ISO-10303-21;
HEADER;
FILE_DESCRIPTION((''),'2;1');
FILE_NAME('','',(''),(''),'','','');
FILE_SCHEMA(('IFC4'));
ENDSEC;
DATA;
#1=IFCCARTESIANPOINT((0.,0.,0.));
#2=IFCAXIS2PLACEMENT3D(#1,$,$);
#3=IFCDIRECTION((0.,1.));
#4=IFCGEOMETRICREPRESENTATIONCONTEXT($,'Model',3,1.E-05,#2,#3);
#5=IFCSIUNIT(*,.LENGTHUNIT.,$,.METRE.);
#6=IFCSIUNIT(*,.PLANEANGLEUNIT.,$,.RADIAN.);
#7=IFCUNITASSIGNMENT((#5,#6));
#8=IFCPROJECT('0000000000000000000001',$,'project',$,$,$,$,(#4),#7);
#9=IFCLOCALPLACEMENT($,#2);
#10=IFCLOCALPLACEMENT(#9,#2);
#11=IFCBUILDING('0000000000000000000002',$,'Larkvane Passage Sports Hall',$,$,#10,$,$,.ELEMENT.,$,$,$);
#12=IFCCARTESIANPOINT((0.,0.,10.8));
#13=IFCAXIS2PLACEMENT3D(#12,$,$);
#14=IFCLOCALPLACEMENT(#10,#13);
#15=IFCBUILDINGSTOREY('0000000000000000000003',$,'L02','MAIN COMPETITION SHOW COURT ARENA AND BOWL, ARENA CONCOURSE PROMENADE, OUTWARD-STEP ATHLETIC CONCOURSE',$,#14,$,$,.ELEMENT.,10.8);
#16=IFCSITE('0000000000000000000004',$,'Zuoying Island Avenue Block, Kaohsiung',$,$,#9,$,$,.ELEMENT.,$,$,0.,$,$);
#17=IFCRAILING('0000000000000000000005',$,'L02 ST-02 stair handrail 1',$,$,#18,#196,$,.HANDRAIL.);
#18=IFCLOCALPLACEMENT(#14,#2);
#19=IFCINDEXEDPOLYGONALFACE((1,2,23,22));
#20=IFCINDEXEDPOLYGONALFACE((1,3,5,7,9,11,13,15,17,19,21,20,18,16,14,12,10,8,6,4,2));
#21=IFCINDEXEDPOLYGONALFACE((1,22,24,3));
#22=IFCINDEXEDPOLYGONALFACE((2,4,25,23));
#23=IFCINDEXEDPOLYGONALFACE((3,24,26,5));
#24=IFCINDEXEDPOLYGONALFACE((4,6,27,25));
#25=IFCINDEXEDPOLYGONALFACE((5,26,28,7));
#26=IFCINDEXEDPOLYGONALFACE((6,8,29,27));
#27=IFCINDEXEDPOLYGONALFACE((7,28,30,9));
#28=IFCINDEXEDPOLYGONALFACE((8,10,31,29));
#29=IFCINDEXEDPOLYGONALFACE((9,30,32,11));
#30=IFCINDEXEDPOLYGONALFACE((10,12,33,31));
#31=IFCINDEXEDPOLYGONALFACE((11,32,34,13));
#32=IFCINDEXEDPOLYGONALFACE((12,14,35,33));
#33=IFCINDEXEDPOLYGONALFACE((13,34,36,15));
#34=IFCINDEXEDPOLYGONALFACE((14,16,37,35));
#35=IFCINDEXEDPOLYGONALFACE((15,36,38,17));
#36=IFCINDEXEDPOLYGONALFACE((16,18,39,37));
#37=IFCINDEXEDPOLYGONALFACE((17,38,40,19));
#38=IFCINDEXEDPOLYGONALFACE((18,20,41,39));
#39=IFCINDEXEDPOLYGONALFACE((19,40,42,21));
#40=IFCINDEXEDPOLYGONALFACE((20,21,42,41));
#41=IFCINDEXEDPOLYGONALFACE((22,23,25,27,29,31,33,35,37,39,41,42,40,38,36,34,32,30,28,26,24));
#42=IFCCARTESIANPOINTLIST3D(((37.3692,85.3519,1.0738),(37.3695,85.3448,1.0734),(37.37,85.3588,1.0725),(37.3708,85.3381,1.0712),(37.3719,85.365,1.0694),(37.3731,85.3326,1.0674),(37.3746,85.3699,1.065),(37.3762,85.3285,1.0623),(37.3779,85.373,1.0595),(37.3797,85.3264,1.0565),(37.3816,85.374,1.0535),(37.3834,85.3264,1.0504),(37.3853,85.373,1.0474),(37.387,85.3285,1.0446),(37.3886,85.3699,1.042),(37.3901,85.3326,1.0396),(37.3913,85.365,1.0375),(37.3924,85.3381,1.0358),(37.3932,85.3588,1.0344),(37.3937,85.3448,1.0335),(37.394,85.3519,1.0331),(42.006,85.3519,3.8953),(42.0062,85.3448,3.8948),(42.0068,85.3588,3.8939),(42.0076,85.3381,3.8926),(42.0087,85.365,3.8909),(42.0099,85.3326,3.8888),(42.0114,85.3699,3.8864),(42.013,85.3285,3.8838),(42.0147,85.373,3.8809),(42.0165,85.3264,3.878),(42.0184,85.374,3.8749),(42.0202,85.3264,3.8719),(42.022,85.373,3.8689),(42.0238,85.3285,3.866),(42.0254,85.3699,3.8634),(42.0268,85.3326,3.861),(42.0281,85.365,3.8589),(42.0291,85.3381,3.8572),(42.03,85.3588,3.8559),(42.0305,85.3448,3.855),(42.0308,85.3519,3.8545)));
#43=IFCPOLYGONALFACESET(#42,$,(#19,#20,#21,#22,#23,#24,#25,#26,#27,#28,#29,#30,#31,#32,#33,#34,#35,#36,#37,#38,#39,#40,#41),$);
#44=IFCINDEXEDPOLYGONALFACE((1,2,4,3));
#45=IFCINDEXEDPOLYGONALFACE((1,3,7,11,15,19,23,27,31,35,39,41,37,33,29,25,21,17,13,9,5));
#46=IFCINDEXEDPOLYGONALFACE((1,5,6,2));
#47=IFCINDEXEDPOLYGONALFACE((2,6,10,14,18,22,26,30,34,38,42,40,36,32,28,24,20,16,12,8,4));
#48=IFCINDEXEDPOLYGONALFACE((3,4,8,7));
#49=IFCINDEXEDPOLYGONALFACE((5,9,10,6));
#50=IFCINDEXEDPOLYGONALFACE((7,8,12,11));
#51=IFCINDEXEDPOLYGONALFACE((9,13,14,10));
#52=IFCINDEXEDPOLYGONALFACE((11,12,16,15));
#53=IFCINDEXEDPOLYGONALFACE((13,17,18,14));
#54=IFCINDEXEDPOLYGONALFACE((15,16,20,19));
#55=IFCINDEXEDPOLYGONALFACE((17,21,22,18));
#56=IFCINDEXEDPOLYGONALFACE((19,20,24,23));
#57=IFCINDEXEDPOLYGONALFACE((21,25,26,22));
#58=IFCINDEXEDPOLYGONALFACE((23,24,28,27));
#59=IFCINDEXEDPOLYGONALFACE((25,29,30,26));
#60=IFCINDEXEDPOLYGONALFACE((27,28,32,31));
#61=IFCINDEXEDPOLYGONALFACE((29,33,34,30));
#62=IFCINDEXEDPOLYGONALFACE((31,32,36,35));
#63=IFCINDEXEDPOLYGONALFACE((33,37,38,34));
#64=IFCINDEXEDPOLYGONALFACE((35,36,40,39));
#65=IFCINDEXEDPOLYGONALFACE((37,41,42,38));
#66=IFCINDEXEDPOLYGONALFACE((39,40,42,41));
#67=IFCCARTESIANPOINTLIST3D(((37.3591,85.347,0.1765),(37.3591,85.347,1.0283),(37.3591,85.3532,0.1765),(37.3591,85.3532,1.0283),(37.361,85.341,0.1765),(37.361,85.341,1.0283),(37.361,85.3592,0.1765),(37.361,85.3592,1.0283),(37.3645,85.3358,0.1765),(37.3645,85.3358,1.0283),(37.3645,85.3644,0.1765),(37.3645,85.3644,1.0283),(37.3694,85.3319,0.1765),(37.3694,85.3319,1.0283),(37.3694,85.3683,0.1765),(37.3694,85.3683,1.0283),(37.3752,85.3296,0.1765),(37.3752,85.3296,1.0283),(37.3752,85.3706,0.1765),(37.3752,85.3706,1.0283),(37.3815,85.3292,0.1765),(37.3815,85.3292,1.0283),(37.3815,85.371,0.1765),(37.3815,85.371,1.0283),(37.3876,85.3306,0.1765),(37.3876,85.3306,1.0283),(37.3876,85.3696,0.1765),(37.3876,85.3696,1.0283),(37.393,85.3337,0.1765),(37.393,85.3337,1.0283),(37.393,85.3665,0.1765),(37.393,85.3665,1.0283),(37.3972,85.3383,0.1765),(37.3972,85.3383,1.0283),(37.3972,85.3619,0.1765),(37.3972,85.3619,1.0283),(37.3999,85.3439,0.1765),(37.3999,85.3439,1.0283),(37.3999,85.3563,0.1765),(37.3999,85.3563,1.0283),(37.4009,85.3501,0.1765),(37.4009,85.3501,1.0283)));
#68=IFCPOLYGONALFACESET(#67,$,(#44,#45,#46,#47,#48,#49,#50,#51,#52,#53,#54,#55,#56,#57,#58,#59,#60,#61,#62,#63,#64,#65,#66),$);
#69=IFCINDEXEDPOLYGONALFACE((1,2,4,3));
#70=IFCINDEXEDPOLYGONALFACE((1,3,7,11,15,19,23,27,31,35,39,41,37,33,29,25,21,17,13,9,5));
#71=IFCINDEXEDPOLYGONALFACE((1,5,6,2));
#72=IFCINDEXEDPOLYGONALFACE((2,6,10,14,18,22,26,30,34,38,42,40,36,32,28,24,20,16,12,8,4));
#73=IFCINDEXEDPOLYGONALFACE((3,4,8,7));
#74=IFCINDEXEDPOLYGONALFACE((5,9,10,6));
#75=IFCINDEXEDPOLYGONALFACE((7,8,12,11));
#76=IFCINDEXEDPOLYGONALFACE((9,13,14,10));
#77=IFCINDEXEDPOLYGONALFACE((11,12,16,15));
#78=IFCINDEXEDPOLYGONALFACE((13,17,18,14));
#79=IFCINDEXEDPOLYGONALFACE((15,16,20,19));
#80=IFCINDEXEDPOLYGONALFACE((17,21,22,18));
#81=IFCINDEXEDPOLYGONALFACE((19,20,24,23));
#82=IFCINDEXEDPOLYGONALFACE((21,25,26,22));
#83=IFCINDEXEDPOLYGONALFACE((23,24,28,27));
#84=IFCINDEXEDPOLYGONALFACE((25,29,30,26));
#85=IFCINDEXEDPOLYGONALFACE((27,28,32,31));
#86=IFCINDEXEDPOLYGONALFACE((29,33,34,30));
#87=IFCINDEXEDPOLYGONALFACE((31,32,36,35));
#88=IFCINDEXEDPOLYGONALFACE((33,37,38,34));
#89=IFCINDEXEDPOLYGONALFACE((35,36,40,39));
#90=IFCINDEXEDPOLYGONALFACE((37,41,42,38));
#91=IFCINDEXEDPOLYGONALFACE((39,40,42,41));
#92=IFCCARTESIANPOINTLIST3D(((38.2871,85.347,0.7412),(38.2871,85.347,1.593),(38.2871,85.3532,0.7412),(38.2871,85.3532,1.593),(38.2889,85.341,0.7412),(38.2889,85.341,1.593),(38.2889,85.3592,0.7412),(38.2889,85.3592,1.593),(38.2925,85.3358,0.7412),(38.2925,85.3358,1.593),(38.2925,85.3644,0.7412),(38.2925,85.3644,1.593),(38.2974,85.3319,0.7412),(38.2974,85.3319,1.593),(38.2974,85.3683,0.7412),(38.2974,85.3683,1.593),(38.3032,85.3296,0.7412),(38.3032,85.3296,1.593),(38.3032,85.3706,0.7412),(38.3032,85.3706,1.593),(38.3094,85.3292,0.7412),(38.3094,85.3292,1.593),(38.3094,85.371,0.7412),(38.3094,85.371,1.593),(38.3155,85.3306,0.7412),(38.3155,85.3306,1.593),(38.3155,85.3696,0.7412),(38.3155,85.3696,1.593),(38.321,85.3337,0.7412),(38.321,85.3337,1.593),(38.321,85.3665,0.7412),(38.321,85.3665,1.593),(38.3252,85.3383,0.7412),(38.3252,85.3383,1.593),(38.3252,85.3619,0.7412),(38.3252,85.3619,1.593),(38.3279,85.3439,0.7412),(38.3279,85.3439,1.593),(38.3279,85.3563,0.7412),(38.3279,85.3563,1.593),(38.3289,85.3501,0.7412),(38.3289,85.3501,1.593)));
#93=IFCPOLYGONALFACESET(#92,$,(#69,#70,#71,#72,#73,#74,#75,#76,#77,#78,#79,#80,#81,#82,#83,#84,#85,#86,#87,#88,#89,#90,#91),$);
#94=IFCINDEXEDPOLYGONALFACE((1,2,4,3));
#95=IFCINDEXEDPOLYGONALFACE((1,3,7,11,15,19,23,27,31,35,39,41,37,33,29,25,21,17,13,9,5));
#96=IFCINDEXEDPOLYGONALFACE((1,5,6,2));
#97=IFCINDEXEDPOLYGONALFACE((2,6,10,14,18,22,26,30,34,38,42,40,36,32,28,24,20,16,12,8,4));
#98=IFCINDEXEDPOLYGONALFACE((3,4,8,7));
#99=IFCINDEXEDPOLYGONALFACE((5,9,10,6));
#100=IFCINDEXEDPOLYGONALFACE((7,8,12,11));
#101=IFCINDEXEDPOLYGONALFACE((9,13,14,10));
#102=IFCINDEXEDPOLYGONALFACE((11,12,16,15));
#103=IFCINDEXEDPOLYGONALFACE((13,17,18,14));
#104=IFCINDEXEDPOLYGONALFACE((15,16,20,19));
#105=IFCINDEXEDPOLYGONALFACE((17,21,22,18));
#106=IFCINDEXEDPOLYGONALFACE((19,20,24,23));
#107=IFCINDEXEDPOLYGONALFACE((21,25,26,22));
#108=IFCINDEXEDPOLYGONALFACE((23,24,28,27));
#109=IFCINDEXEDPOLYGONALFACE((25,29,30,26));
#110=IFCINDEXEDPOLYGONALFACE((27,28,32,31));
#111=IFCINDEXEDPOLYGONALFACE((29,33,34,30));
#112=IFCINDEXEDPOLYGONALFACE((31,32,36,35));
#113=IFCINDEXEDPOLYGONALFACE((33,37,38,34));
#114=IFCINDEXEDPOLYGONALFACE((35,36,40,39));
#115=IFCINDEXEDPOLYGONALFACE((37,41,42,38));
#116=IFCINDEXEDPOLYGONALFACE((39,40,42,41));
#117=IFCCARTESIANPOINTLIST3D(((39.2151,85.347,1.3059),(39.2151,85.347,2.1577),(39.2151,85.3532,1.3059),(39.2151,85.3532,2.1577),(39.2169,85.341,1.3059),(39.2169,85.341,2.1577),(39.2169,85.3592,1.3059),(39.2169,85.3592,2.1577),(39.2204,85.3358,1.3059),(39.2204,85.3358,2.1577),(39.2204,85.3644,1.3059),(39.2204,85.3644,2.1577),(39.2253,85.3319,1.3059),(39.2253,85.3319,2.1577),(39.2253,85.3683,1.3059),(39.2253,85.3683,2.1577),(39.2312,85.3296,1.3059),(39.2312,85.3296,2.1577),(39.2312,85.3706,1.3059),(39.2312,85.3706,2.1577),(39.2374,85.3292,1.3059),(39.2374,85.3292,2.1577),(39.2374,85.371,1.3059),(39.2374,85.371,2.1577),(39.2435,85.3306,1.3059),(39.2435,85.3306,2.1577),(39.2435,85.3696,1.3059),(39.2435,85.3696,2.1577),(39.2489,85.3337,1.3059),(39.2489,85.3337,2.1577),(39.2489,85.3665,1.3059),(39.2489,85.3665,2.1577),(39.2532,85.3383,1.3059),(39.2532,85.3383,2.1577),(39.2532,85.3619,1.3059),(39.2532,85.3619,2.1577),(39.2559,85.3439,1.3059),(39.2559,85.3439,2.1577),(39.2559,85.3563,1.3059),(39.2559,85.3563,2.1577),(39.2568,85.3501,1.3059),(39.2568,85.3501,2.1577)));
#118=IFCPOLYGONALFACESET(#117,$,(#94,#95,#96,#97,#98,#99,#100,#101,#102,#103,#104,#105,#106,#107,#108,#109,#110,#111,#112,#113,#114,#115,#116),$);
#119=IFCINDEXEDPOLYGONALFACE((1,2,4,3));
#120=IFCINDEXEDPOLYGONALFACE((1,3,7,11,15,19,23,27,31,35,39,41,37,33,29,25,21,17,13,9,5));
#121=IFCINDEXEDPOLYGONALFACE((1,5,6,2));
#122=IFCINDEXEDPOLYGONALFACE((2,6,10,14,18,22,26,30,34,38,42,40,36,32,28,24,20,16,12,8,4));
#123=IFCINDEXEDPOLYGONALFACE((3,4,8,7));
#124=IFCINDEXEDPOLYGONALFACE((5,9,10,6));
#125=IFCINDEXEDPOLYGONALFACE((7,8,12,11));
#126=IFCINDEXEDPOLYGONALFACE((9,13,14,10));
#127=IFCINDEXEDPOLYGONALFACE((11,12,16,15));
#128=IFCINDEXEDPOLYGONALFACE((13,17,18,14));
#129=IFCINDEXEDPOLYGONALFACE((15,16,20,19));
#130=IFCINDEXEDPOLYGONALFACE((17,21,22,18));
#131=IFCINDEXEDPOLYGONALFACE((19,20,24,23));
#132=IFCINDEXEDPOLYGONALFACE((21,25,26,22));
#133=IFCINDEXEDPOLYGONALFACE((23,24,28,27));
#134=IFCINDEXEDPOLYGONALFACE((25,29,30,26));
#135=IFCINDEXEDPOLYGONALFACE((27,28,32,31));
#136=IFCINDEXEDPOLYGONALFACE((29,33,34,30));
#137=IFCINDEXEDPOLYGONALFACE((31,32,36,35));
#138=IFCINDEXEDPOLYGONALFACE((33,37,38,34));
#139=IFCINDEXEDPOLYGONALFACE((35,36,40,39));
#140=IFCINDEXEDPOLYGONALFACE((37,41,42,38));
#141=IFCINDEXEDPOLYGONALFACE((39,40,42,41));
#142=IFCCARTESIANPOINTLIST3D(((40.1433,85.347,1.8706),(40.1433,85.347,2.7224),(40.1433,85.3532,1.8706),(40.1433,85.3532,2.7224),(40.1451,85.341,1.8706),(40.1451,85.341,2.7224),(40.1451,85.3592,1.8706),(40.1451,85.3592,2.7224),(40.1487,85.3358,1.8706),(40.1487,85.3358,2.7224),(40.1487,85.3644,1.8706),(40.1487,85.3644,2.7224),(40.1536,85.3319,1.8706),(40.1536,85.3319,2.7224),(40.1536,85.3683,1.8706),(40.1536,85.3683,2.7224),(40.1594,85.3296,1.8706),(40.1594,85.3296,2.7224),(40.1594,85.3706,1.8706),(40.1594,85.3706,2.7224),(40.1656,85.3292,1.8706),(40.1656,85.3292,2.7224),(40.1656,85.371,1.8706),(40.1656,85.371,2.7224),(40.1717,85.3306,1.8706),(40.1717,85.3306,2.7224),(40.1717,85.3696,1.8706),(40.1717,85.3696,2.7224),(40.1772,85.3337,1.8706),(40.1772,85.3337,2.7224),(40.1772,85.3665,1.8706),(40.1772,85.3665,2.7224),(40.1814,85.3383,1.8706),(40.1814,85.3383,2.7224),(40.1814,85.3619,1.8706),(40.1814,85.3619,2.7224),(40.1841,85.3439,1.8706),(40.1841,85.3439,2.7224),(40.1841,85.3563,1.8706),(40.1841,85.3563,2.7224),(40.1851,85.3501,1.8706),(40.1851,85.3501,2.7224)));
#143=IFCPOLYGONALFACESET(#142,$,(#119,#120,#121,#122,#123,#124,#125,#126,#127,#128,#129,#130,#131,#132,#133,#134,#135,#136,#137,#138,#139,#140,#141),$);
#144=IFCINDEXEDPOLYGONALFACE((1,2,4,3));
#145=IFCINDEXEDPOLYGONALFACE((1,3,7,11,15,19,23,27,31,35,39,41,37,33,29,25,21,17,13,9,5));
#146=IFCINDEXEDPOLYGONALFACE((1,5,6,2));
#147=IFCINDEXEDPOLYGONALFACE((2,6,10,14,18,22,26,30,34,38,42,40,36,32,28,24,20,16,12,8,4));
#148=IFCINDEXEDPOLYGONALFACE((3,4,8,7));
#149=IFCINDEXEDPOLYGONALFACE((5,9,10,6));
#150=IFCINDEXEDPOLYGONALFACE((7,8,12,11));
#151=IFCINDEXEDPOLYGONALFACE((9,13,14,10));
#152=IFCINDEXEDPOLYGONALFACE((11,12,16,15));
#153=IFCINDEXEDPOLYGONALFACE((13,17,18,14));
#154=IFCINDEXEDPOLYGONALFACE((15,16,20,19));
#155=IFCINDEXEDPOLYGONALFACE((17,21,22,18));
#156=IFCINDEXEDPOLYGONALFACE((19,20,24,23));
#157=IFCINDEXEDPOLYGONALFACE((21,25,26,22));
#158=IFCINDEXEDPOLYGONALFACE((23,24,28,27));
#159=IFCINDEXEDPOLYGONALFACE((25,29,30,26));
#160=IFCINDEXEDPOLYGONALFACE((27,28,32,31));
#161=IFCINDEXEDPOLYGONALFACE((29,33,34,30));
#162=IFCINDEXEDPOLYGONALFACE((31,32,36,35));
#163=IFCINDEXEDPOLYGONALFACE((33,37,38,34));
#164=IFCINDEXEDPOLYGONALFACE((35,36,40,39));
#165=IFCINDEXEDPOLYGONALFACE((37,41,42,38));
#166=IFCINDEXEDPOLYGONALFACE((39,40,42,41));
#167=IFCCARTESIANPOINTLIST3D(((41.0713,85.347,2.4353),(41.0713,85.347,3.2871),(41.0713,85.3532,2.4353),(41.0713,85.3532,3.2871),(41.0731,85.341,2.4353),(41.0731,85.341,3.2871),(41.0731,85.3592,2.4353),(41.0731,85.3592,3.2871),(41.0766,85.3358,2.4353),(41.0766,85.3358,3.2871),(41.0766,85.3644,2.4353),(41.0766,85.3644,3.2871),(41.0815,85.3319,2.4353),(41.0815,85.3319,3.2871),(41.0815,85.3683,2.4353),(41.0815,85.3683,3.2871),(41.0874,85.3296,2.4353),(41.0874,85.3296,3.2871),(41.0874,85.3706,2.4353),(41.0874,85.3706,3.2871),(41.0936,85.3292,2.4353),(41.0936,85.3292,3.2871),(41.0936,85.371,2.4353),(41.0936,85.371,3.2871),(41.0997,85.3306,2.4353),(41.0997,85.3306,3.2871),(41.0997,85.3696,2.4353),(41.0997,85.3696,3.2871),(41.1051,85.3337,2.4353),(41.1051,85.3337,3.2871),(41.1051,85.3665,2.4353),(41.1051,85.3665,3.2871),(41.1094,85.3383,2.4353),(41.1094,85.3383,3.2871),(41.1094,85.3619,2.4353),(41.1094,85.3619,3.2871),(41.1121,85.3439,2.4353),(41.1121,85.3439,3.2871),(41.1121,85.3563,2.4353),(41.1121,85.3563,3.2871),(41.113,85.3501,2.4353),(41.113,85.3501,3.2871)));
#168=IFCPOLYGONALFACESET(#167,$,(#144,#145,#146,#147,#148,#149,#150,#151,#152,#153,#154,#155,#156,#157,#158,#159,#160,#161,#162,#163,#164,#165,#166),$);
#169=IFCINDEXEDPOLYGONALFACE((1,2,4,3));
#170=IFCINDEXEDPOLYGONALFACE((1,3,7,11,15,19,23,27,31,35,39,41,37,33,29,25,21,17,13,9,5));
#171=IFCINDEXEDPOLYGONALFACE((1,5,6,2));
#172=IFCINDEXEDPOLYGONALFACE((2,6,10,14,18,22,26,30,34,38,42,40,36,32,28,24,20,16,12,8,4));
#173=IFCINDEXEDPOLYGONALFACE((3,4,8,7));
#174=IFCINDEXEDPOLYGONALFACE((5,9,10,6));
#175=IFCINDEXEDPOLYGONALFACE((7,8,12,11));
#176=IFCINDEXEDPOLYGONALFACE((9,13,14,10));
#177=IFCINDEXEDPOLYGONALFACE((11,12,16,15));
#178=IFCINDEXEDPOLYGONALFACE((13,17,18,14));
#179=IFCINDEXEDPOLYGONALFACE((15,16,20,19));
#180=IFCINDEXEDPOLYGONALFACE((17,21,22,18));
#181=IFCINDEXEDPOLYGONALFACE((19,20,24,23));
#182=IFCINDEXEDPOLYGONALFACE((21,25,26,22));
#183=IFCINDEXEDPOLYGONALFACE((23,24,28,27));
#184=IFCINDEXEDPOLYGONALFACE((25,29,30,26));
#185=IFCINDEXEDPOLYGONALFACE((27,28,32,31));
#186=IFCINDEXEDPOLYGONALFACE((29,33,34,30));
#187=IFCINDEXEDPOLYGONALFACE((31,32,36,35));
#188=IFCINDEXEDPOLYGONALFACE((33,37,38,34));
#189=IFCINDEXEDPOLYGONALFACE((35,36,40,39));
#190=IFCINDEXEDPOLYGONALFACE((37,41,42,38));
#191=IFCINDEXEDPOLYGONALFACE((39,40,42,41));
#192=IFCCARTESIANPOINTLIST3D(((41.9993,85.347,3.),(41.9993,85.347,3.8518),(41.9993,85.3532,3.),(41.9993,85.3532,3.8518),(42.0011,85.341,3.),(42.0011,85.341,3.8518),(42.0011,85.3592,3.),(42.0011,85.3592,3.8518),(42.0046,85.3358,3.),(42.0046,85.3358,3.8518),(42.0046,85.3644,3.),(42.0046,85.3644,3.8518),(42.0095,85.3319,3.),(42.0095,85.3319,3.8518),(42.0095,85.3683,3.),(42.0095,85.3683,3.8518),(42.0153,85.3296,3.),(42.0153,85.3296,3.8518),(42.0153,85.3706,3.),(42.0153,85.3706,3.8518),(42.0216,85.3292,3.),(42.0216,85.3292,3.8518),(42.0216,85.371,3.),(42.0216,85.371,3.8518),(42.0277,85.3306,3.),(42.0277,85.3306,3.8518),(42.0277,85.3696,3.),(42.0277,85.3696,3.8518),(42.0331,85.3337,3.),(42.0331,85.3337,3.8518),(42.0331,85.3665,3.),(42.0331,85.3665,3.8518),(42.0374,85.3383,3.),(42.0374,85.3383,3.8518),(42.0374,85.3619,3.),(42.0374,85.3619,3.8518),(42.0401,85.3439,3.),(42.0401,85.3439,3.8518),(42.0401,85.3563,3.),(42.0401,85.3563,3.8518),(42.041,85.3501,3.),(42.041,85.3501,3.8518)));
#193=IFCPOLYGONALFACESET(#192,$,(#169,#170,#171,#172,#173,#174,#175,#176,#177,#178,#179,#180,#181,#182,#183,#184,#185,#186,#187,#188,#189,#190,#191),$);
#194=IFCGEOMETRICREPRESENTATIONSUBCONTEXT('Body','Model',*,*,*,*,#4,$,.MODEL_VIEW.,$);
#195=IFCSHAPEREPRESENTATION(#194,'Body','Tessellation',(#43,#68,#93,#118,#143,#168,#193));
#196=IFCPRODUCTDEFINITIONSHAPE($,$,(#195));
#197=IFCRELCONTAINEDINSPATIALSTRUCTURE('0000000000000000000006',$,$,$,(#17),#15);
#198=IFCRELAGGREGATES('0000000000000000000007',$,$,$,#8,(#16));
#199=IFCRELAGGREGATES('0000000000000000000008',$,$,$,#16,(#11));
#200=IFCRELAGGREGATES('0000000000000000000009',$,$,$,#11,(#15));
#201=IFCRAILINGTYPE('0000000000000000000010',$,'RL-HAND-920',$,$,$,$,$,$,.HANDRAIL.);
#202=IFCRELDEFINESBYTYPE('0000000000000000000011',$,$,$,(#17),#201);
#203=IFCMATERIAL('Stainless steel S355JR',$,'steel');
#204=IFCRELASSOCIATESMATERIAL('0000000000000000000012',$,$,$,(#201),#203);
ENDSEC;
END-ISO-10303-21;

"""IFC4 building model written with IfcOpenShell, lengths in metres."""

from ifc_helpers import new_model, si_unit, direction, frame, origin, origin_2d, place, context, subcontext, project, spatial, circle, extrude, material, type_object, element, save


model = new_model("IFC4")

# Units and contexts
model_context = context("Model", 3, precision=1e-05, world=origin(), true_north=direction((0.0, 1.0)))
body_context = subcontext(model_context, "Body", "Model", "MODEL_VIEW")
ifc_project = project(units=[si_unit("LENGTHUNIT", "METRE"), si_unit("PLANEANGLEUNIT", "RADIAN")], contexts=[model_context])

# Site, building, storey
site_placement = place(None, origin())
site = spatial("IfcSite", under=ifc_project, at=site_placement, Name="Zuoying Island Avenue Block, Kaohsiung", CompositionType="ELEMENT", RefElevation=0.0)
building_placement = place(site_placement, origin())
building = spatial("IfcBuilding", under=site, at=building_placement, Name="Larkvane Passage Sports Hall", CompositionType="ELEMENT")
storey_placement = place(building_placement, frame((0.0, 0.0, 10.8)))
storey = spatial("IfcBuildingStorey", under=building, at=storey_placement, Name="L02", Description="MAIN COMPETITION SHOW COURT ARENA AND BOWL, ARENA CONCOURSE PROMENADE, OUTWARD-STEP ATHLETIC CONCOURSE", CompositionType="ELEMENT", Elevation=10.8)

# Railing
ifc_material_1 = material(Name="Stainless steel S355JR", Category="steel")
railing_type_1 = type_object("IfcRailingType", Name="RL-HAND-920", PredefinedType="HANDRAIL", material=ifc_material_1)
railing_1_placement = place(storey_placement, frame((37.3799, 85.3501, 0.1765)))
element("IfcRailing", 1, at=railing_1_placement, inside=storey, type_object=railing_type_1, Name="L02 ST-02 stair handrail 1", PredefinedType="HANDRAIL", context=body_context, shape_type="SweptSolid", body=[
    extrude(circle(Radius=0.0239, at=origin_2d()), frame((0.0017, 0.0, 0.877), z_axis=(0.854276, 0.0, 0.51982), x_axis=(0.0, 1.0, 0.0)), (0.0, 0.0, 1.0), 5.4277),
    extrude(circle(Radius=0.021, at=origin_2d()), origin(), (0.0, 0.0, 1.0), 0.8518),
    extrude(circle(Radius=0.021, at=origin_2d()), frame((0.928, 0.0, 0.5647)), (0.0, 0.0, 1.0), 0.8518),
    extrude(circle(Radius=0.021, at=origin_2d()), frame((1.856, 0.0, 1.1294)), (0.0, 0.0, 1.0), 0.8518),
    extrude(circle(Radius=0.021, at=origin_2d()), frame((2.7842, 0.0, 1.6941)), (0.0, 0.0, 1.0), 0.8518),
    extrude(circle(Radius=0.021, at=origin_2d()), frame((3.7122, 0.0, 2.2588)), (0.0, 0.0, 1.0), 0.8518),
    extrude(circle(Radius=0.021, at=origin_2d()), frame((4.6401, 0.0, 2.8235)), (0.0, 0.0, 1.0), 0.8518),
])

save(model, "model.ifc")
